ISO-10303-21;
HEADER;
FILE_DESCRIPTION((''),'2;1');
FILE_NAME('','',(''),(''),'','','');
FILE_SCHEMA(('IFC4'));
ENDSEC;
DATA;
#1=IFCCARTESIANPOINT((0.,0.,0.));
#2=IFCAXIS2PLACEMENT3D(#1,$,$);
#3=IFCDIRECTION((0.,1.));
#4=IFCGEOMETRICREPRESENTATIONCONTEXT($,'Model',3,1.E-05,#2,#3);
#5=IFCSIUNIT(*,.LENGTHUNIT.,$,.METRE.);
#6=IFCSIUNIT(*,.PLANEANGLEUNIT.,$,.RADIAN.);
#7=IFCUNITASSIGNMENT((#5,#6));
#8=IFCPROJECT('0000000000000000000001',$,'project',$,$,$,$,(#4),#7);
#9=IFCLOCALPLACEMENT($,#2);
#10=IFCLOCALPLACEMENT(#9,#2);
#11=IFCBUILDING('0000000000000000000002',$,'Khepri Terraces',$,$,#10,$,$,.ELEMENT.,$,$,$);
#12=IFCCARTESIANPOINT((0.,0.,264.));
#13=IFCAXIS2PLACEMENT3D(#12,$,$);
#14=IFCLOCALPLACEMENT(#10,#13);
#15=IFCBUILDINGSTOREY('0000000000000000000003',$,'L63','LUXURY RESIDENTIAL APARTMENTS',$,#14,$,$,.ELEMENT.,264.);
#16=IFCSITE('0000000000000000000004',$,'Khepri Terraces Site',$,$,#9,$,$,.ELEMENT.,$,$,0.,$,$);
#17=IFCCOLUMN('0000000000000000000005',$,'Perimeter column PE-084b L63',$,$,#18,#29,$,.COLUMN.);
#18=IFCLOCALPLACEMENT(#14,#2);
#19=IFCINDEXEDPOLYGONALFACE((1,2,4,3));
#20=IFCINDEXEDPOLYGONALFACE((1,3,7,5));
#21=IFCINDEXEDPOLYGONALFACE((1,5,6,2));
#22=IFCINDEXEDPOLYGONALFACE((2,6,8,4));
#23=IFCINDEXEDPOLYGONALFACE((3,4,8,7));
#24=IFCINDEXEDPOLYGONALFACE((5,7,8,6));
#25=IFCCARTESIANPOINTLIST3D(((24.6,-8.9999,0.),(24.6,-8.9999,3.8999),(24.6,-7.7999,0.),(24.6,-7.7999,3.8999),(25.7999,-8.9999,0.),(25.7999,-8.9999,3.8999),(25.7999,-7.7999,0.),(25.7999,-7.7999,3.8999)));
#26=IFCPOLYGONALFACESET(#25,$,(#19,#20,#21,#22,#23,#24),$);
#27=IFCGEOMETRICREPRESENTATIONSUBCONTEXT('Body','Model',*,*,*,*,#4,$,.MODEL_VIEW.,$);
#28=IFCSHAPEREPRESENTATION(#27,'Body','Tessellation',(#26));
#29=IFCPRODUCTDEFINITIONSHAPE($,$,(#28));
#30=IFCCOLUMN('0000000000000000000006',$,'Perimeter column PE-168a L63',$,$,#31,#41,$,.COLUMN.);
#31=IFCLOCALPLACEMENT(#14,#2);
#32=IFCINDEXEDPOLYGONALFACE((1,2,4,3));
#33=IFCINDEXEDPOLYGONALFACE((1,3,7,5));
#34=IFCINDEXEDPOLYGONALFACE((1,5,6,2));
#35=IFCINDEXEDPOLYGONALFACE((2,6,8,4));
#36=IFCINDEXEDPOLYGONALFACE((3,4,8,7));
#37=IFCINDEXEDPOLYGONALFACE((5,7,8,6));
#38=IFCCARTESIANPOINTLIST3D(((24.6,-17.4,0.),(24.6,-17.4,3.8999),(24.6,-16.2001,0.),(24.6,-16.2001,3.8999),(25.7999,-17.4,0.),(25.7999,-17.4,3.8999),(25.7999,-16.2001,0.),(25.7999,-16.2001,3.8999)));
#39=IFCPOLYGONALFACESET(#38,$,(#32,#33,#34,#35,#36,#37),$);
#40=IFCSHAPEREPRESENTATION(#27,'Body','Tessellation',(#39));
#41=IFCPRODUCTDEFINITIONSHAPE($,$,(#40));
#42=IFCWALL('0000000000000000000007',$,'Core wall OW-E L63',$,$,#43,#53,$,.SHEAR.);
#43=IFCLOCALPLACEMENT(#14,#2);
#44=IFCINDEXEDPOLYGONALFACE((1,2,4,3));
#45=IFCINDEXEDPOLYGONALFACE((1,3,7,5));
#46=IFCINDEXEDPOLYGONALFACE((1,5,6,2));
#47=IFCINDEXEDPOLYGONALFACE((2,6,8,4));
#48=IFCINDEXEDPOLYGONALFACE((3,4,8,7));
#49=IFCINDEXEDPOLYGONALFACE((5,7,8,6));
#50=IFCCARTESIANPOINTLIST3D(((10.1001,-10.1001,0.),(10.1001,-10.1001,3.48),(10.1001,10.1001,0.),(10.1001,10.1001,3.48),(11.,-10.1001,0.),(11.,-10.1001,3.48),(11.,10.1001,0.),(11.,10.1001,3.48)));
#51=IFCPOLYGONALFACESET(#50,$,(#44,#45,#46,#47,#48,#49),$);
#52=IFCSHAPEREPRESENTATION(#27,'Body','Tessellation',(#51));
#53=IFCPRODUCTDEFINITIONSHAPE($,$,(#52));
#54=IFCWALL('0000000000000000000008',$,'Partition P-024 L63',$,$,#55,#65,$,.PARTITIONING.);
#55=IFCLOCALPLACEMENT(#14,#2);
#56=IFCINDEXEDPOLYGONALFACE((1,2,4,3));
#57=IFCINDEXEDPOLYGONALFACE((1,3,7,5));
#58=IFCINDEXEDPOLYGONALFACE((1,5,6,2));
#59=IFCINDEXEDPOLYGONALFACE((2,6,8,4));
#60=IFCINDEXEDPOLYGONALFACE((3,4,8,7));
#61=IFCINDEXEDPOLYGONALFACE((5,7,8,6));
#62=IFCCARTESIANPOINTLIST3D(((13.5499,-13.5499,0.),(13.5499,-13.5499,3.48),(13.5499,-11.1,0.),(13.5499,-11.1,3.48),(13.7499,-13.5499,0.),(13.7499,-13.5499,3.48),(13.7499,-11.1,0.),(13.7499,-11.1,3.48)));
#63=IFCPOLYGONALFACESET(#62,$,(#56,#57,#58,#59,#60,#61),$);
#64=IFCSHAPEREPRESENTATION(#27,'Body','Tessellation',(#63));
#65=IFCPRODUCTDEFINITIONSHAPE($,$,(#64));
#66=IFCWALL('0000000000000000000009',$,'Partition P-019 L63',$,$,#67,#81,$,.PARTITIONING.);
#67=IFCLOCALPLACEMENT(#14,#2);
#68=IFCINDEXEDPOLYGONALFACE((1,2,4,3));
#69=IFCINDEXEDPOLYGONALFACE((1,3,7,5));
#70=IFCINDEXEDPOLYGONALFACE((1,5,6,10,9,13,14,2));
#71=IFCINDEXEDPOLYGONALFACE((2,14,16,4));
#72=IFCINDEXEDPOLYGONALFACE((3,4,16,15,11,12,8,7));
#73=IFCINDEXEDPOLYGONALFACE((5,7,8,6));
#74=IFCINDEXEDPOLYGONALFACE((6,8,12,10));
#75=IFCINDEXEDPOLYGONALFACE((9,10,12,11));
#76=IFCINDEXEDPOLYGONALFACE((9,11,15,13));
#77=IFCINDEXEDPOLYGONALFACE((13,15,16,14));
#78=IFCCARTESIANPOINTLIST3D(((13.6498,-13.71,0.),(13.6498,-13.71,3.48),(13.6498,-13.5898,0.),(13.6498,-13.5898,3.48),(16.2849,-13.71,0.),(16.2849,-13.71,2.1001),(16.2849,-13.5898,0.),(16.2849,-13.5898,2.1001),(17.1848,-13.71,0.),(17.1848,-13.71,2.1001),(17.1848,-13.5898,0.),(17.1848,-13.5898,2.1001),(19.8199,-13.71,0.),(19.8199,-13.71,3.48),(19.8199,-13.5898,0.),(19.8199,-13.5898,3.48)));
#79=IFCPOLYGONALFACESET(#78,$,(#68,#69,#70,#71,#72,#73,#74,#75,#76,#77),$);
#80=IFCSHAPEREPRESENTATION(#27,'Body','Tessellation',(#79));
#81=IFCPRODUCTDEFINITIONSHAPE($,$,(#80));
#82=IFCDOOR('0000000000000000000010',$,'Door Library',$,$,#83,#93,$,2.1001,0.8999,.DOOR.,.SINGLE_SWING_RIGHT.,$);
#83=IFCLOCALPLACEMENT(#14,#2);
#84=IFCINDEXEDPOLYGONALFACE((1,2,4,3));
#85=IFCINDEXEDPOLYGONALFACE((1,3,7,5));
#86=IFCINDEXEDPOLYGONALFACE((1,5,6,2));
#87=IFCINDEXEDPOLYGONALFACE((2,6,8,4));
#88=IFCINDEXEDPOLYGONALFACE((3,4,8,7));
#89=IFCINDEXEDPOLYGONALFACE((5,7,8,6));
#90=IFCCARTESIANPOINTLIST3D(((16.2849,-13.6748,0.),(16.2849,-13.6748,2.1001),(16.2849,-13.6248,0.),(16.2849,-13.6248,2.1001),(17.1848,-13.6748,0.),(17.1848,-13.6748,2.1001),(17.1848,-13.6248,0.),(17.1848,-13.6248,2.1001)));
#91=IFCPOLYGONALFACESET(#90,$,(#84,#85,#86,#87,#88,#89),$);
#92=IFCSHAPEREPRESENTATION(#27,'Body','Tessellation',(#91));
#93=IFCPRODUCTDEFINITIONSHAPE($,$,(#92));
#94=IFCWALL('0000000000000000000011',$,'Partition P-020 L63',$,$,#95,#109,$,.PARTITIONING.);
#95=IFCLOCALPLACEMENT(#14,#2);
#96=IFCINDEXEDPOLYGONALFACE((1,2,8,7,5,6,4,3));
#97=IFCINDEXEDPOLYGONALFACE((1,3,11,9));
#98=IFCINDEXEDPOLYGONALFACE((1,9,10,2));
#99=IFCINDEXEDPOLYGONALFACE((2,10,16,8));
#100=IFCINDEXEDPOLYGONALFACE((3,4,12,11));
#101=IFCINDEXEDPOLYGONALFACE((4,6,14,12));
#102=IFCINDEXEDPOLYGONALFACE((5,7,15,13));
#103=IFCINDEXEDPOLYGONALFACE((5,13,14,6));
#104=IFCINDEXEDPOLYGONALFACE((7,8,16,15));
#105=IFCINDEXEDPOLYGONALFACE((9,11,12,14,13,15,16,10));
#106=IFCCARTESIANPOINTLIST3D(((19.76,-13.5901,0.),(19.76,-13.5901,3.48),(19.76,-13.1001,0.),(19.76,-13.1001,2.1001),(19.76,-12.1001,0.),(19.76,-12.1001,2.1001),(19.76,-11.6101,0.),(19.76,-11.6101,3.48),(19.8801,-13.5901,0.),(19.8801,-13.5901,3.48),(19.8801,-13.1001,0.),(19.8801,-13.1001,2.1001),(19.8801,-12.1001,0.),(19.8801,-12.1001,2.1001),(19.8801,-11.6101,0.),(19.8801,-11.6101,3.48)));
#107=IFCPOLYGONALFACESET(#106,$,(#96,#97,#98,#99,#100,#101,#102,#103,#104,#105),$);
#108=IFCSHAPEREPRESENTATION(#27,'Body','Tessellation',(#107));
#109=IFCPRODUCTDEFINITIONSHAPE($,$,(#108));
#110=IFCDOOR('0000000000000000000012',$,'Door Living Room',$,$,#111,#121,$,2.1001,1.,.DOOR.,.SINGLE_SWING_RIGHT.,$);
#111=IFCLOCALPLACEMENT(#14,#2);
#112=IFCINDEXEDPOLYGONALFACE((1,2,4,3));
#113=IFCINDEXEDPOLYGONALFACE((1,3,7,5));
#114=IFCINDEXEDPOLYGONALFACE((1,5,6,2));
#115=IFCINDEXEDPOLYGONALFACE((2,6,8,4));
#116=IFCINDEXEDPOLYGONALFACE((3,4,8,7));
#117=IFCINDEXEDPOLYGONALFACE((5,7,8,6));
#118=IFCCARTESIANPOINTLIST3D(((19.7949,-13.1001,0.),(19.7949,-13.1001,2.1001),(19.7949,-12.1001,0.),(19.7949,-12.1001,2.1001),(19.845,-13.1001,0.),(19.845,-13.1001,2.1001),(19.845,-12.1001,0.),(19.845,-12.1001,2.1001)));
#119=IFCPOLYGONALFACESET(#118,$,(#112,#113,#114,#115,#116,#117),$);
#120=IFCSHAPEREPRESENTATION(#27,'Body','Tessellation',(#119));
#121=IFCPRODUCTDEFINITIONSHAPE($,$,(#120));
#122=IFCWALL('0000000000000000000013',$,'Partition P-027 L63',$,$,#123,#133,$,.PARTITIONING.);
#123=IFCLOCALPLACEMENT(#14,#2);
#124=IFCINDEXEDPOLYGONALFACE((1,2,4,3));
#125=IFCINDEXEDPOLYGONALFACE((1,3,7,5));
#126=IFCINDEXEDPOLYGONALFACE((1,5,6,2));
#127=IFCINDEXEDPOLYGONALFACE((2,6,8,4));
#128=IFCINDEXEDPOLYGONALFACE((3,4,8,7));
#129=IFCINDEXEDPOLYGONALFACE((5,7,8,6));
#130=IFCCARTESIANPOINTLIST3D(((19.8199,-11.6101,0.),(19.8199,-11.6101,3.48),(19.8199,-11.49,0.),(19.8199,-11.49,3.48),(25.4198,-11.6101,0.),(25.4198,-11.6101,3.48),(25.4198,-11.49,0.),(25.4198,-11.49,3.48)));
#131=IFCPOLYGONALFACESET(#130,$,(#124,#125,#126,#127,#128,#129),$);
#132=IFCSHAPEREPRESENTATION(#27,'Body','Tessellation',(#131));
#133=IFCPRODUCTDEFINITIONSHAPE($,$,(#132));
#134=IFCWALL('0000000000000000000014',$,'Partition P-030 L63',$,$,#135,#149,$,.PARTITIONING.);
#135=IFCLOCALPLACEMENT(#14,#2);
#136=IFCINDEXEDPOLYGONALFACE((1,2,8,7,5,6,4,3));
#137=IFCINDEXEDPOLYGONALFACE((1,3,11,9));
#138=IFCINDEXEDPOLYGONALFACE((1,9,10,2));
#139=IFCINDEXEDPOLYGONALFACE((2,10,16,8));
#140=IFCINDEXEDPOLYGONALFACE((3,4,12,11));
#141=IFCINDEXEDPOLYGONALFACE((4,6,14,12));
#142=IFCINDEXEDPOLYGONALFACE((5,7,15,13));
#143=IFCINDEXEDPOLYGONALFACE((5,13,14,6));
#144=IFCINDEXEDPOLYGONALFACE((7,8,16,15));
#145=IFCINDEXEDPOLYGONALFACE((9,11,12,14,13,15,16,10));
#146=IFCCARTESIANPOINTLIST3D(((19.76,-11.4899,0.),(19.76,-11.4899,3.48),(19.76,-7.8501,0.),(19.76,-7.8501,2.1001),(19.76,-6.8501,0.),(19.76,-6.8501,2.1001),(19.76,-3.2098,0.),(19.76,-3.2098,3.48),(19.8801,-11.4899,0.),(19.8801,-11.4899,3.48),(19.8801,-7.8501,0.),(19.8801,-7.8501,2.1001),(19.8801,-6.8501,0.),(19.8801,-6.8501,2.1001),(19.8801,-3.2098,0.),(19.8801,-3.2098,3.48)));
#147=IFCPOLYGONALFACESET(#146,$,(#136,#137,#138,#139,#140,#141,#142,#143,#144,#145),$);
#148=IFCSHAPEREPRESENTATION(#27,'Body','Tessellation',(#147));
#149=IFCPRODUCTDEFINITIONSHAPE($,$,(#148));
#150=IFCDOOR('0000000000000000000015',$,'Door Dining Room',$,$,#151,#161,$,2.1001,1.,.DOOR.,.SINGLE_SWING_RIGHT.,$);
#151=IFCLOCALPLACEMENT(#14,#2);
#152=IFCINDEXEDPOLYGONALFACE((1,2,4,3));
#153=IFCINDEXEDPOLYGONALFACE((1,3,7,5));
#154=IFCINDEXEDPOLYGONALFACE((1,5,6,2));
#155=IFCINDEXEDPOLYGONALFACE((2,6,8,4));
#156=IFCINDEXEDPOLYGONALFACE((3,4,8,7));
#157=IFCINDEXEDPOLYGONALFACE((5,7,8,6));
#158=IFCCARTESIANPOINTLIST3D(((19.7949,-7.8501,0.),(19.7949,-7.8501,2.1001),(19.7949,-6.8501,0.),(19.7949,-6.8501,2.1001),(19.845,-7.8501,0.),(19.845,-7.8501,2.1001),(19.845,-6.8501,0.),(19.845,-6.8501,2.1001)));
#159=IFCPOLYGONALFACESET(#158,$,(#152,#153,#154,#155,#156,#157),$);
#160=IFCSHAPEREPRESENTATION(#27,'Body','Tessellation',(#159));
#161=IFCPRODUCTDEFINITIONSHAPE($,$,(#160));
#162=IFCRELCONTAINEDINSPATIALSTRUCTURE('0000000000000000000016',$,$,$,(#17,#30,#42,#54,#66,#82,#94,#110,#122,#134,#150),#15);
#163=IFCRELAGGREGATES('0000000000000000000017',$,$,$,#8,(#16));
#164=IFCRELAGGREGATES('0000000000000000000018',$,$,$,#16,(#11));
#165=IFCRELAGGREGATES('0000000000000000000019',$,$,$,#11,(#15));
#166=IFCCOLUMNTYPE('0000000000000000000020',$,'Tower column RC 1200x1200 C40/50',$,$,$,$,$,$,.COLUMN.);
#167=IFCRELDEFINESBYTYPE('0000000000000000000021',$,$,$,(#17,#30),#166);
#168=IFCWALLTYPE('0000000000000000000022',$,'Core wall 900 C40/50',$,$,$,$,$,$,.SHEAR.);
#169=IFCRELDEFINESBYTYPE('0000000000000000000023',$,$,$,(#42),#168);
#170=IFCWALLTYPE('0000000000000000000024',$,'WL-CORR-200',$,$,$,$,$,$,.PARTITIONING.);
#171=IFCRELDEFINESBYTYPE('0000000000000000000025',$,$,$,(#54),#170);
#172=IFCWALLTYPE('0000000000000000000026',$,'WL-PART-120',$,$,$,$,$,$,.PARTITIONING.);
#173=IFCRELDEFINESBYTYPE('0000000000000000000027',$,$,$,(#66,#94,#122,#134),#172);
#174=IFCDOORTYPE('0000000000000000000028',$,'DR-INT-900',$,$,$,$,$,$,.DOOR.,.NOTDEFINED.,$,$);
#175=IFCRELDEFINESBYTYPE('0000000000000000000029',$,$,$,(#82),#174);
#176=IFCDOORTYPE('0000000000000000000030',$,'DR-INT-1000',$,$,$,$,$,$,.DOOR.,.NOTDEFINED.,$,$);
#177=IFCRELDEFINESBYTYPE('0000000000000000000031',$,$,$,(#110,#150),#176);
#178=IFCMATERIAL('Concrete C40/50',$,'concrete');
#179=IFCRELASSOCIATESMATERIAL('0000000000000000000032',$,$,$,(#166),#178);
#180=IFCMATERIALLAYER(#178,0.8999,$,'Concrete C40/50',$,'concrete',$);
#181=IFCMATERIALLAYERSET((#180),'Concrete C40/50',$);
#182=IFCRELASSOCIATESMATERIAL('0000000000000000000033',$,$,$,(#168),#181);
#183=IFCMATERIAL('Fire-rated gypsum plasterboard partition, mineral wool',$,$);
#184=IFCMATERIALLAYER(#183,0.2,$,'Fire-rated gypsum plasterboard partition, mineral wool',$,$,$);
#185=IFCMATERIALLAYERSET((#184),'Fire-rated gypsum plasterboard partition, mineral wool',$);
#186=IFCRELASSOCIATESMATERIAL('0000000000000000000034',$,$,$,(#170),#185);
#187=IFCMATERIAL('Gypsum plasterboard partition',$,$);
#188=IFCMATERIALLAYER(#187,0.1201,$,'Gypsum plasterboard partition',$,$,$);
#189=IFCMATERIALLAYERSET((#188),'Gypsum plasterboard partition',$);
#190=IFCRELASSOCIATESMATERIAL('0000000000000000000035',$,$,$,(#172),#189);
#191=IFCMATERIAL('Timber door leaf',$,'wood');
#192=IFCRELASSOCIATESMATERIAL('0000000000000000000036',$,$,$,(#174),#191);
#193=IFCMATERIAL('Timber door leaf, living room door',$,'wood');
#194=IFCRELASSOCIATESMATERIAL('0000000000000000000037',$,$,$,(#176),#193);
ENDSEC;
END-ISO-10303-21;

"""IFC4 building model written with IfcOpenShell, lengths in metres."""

from ifc_helpers import new_model, si_unit, direction, frame, frame_2d, origin, origin_2d, place, context, subcontext, project, spatial, rectangle, extrude, material, layer, layer_set, material_profile, profile_set, type_object, element, fill, save


model = new_model("IFC4")

# Units and contexts
model_context = context("Model", 3, precision=1e-05, world=origin(), true_north=direction((0.0, 1.0)))
body_context = subcontext(model_context, "Body", "Model", "MODEL_VIEW")
ifc_project = project(units=[si_unit("LENGTHUNIT", "METRE"), si_unit("PLANEANGLEUNIT", "RADIAN")], contexts=[model_context])

# Site, building, storey
site_placement = place(None, origin())
site = spatial("IfcSite", under=ifc_project, at=site_placement, Name="Khepri Terraces Site", CompositionType="ELEMENT", RefElevation=0.0)
building_placement = place(site_placement, origin())
building = spatial("IfcBuilding", under=site, at=building_placement, Name="Khepri Terraces", CompositionType="ELEMENT")
storey_placement = place(building_placement, frame((0.0, 0.0, 264.0)))
storey = spatial("IfcBuildingStorey", under=building, at=storey_placement, Name="L63", Description="LUXURY RESIDENTIAL APARTMENTS", CompositionType="ELEMENT", Elevation=264.0)

# Columns
ifc_material_1 = material(Name="Concrete C40/50", Category="concrete")
ifc_material_profile = material_profile(ifc_material_1, rectangle(XDim=1.2, YDim=1.2, at=origin_2d()), Name="Concrete C40/50", Category="concrete")
ifc_profile_set = profile_set([ifc_material_profile], Name="Concrete C40/50")
column_type = type_object("IfcColumnType", Name="Tower column RC 1200x1200 C40/50", PredefinedType="COLUMN", material=ifc_profile_set)
for number, where, z_axis, x_axis, name in (
    (1, (25.2, -8.3999, 0.0), (0.0, 0.0, 1.0), (1.0, 0.0, 0.0), "Perimeter column PE-084b L63"),
    (2, (25.2, -16.8, 0.0), (0.0, 0.0, 1.0), (1.0, 0.0, 0.0), "Perimeter column PE-168a L63"),
):
    element("IfcColumn", number, at=place(storey_placement, frame(where, z_axis=z_axis, x_axis=x_axis)), inside=storey, type_object=column_type, Name=name, PredefinedType="COLUMN", context=body_context, shape_type="SweptSolid", body=[
        extrude(rectangle(XDim=1.2, YDim=1.2, at=origin_2d()), origin(), (0.0, 0.0, 1.0), 3.8999),
    ])

# Walls
ifc_layer_1 = layer(ifc_material_1, 0.8999, Name="Concrete C40/50", Category="concrete")
ifc_layer_set_1 = layer_set([ifc_layer_1], Name="Concrete C40/50")
wall_type_1 = type_object("IfcWallType", Name="Core wall 900 C40/50", PredefinedType="SHEAR", material=ifc_layer_set_1)
wall_1_placement = place(storey_placement, frame((10.55, -10.1001, 0.0), z_axis=(0.0, 0.0, 1.0), x_axis=(0.0, 1.0, 0.0)))
element("IfcWall", 3, at=wall_1_placement, inside=storey, type_object=wall_type_1, Name="Core wall OW-E L63", PredefinedType="SHEAR", context=body_context, shape_type="SweptSolid", body=[
    extrude(rectangle(XDim=20.2002, YDim=0.8999, at=frame_2d((10.1001, 0.0))), origin(), (0.0, 0.0, 1.0), 3.48),
])
ifc_material_2 = material(Name="Fire-rated gypsum plasterboard partition, mineral wool")
ifc_layer_2 = layer(ifc_material_2, 0.2, Name="Fire-rated gypsum plasterboard partition, mineral wool")
ifc_layer_set_2 = layer_set([ifc_layer_2], Name="Fire-rated gypsum plasterboard partition, mineral wool")
wall_type_2 = type_object("IfcWallType", Name="WL-CORR-200", PredefinedType="PARTITIONING", material=ifc_layer_set_2)
wall_2_placement = place(storey_placement, frame((13.6499, -13.55, 0.0), z_axis=(0.0, 0.0, 1.0), x_axis=(0.0, 1.0, 0.0)))
element("IfcWall", 4, at=wall_2_placement, inside=storey, type_object=wall_type_2, Name="Partition P-024 L63", PredefinedType="PARTITIONING", context=body_context, shape_type="SweptSolid", body=[
    extrude(rectangle(XDim=2.45, YDim=0.2, at=frame_2d((1.2251, 0.0))), origin(), (0.0, 0.0, 1.0), 3.48),
])

# Walls, openings, doors
ifc_material_3 = material(Name="Gypsum plasterboard partition")
ifc_layer_3 = layer(ifc_material_3, 0.1201, Name="Gypsum plasterboard partition")
ifc_layer_set_3 = layer_set([ifc_layer_3], Name="Gypsum plasterboard partition")
wall_type_3 = type_object("IfcWallType", Name="WL-PART-120", PredefinedType="PARTITIONING", material=ifc_layer_set_3)
wall_3_placement = place(storey_placement, frame((13.6499, -13.6499, 0.0), z_axis=(0.0, 0.0, 1.0), x_axis=(1.0, 0.0, 0.0)))
wall_3 = element("IfcWall", 5, at=wall_3_placement, inside=storey, type_object=wall_type_3, Name="Partition P-019 L63", PredefinedType="PARTITIONING", context=body_context, shape_type="SweptSolid", body=[
    extrude(rectangle(XDim=6.1702, YDim=0.1201, at=frame_2d((3.085, 0.0))), origin(), (0.0, 0.0, 1.0), 3.48),
])
opening_1_placement = place(wall_3_placement, frame((2.635, 0.0, 0.0)))
opening_1 = element("IfcOpeningElement", 6, at=opening_1_placement, cuts=wall_3, PredefinedType="OPENING", context=body_context, shape_type="SweptSolid", body=[
    extrude(rectangle(XDim=0.8999, YDim=2.1001, at=frame_2d((0.45, 1.05))), frame((0.0, 0.0701, 0.0), z_axis=(0.0, -1.0, 0.0), x_axis=(1.0, 0.0, 0.0)), (0.0, 0.0, 1.0), 0.1401),
])
ifc_material_4 = material(Name="Timber door leaf", Category="wood")
door_type_1 = type_object("IfcDoorType", Name="DR-INT-900", OperationType="NOTDEFINED", PredefinedType="DOOR", material=ifc_material_4)
door_1_placement = place(opening_1_placement, frame((0.8999, 0.0, 0.0), z_axis=(0.0, 0.0, 1.0), x_axis=(-1.0, 0.0, 0.0)))
door_1 = element("IfcDoor", 7, at=door_1_placement, inside=storey, type_object=door_type_1, Name="Door Library", OperationType="SINGLE_SWING_RIGHT", OverallHeight=2.1001, OverallWidth=0.8999, PredefinedType="DOOR", context=body_context, shape_type="SweptSolid", body=[
    extrude(rectangle(XDim=0.8999, YDim=2.1001, at=frame_2d((0.45, 1.05))), frame((0.0, 0.0249, 0.0), z_axis=(0.0, -1.0, 0.0), x_axis=(1.0, 0.0, 0.0)), (0.0, 0.0, 1.0), 0.05),
])
fill(opening_1, door_1)
wall_4_placement = place(storey_placement, frame((19.8201, -13.5901, 0.0), z_axis=(0.0, 0.0, 1.0), x_axis=(0.0, 1.0, 0.0)))
wall_4 = element("IfcWall", 8, at=wall_4_placement, inside=storey, type_object=wall_type_3, Name="Partition P-020 L63", PredefinedType="PARTITIONING", context=body_context, shape_type="SweptSolid", body=[
    extrude(rectangle(XDim=1.98, YDim=0.1201, at=frame_2d((0.99, 0.0))), origin(), (0.0, 0.0, 1.0), 3.48),
])
opening_2_placement = place(wall_4_placement, frame((0.49, 0.0, 0.0)))
opening_2 = element("IfcOpeningElement", 9, at=opening_2_placement, cuts=wall_4, PredefinedType="OPENING", context=body_context, shape_type="SweptSolid", body=[
    extrude(rectangle(XDim=1.0, YDim=2.1001, at=frame_2d((0.5, 1.05))), frame((0.0, 0.0701, 0.0), z_axis=(0.0, -1.0, 0.0), x_axis=(1.0, 0.0, 0.0)), (0.0, 0.0, 1.0), 0.1401),
])
ifc_material_5 = material(Name="Timber door leaf, living room door", Category="wood")
door_type_2 = type_object("IfcDoorType", Name="DR-INT-1000", OperationType="NOTDEFINED", PredefinedType="DOOR", material=ifc_material_5)
door_2_placement = place(opening_2_placement, frame((1.0, 0.0, 0.0), z_axis=(0.0, 0.0, 1.0), x_axis=(-1.0, 0.0, 0.0)))
door_2 = element("IfcDoor", 10, at=door_2_placement, inside=storey, type_object=door_type_2, Name="Door Living Room", OperationType="SINGLE_SWING_RIGHT", OverallHeight=2.1001, OverallWidth=1.0, PredefinedType="DOOR", context=body_context, shape_type="SweptSolid", body=[
    extrude(rectangle(XDim=1.0, YDim=2.1001, at=frame_2d((0.5, 1.05))), frame((0.0, 0.0249, 0.0), z_axis=(0.0, -1.0, 0.0), x_axis=(1.0, 0.0, 0.0)), (0.0, 0.0, 1.0), 0.05),
])
fill(opening_2, door_2)

# Wall
wall_5_placement = place(storey_placement, frame((19.8201, -11.55, 0.0), z_axis=(0.0, 0.0, 1.0), x_axis=(1.0, 0.0, 0.0)))
element("IfcWall", 11, at=wall_5_placement, inside=storey, type_object=wall_type_3, Name="Partition P-027 L63", PredefinedType="PARTITIONING", context=body_context, shape_type="SweptSolid", body=[
    extrude(rectangle(XDim=5.5999, YDim=0.1201, at=frame_2d((2.7998, 0.0))), origin(), (0.0, 0.0, 1.0), 3.48),
])

# Wall, opening, door
wall_6_placement = place(storey_placement, frame((19.8201, -11.49, 0.0), z_axis=(0.0, 0.0, 1.0), x_axis=(0.0, 1.0, 0.0)))
wall_6 = element("IfcWall", 12, at=wall_6_placement, inside=storey, type_object=wall_type_3, Name="Partition P-030 L63", PredefinedType="PARTITIONING", context=body_context, shape_type="SweptSolid", body=[
    extrude(rectangle(XDim=8.28, YDim=0.1201, at=frame_2d((4.1401, 0.0))), origin(), (0.0, 0.0, 1.0), 3.48),
])
opening_3_placement = place(wall_6_placement, frame((3.6399, 0.0, 0.0)))
opening_3 = element("IfcOpeningElement", 13, at=opening_3_placement, cuts=wall_6, PredefinedType="OPENING", context=body_context, shape_type="SweptSolid", body=[
    extrude(rectangle(XDim=1.0, YDim=2.1001, at=frame_2d((0.5, 1.05))), frame((0.0, 0.0701, 0.0), z_axis=(0.0, -1.0, 0.0), x_axis=(1.0, 0.0, 0.0)), (0.0, 0.0, 1.0), 0.1401),
])
door_3_placement = place(opening_3_placement, frame((1.0, 0.0, 0.0), z_axis=(0.0, 0.0, 1.0), x_axis=(-1.0, 0.0, 0.0)))
door_3 = element("IfcDoor", 14, at=door_3_placement, inside=storey, type_object=door_type_2, Name="Door Dining Room", OperationType="SINGLE_SWING_RIGHT", OverallHeight=2.1001, OverallWidth=1.0, PredefinedType="DOOR", context=body_context, shape_type="SweptSolid", body=[
    extrude(rectangle(XDim=1.0, YDim=2.1001, at=frame_2d((0.5, 1.05))), frame((0.0, 0.0249, 0.0), z_axis=(0.0, -1.0, 0.0), x_axis=(1.0, 0.0, 0.0)), (0.0, 0.0, 1.0), 0.05),
])
fill(opening_3, door_3)

save(model, "model.ifc")
